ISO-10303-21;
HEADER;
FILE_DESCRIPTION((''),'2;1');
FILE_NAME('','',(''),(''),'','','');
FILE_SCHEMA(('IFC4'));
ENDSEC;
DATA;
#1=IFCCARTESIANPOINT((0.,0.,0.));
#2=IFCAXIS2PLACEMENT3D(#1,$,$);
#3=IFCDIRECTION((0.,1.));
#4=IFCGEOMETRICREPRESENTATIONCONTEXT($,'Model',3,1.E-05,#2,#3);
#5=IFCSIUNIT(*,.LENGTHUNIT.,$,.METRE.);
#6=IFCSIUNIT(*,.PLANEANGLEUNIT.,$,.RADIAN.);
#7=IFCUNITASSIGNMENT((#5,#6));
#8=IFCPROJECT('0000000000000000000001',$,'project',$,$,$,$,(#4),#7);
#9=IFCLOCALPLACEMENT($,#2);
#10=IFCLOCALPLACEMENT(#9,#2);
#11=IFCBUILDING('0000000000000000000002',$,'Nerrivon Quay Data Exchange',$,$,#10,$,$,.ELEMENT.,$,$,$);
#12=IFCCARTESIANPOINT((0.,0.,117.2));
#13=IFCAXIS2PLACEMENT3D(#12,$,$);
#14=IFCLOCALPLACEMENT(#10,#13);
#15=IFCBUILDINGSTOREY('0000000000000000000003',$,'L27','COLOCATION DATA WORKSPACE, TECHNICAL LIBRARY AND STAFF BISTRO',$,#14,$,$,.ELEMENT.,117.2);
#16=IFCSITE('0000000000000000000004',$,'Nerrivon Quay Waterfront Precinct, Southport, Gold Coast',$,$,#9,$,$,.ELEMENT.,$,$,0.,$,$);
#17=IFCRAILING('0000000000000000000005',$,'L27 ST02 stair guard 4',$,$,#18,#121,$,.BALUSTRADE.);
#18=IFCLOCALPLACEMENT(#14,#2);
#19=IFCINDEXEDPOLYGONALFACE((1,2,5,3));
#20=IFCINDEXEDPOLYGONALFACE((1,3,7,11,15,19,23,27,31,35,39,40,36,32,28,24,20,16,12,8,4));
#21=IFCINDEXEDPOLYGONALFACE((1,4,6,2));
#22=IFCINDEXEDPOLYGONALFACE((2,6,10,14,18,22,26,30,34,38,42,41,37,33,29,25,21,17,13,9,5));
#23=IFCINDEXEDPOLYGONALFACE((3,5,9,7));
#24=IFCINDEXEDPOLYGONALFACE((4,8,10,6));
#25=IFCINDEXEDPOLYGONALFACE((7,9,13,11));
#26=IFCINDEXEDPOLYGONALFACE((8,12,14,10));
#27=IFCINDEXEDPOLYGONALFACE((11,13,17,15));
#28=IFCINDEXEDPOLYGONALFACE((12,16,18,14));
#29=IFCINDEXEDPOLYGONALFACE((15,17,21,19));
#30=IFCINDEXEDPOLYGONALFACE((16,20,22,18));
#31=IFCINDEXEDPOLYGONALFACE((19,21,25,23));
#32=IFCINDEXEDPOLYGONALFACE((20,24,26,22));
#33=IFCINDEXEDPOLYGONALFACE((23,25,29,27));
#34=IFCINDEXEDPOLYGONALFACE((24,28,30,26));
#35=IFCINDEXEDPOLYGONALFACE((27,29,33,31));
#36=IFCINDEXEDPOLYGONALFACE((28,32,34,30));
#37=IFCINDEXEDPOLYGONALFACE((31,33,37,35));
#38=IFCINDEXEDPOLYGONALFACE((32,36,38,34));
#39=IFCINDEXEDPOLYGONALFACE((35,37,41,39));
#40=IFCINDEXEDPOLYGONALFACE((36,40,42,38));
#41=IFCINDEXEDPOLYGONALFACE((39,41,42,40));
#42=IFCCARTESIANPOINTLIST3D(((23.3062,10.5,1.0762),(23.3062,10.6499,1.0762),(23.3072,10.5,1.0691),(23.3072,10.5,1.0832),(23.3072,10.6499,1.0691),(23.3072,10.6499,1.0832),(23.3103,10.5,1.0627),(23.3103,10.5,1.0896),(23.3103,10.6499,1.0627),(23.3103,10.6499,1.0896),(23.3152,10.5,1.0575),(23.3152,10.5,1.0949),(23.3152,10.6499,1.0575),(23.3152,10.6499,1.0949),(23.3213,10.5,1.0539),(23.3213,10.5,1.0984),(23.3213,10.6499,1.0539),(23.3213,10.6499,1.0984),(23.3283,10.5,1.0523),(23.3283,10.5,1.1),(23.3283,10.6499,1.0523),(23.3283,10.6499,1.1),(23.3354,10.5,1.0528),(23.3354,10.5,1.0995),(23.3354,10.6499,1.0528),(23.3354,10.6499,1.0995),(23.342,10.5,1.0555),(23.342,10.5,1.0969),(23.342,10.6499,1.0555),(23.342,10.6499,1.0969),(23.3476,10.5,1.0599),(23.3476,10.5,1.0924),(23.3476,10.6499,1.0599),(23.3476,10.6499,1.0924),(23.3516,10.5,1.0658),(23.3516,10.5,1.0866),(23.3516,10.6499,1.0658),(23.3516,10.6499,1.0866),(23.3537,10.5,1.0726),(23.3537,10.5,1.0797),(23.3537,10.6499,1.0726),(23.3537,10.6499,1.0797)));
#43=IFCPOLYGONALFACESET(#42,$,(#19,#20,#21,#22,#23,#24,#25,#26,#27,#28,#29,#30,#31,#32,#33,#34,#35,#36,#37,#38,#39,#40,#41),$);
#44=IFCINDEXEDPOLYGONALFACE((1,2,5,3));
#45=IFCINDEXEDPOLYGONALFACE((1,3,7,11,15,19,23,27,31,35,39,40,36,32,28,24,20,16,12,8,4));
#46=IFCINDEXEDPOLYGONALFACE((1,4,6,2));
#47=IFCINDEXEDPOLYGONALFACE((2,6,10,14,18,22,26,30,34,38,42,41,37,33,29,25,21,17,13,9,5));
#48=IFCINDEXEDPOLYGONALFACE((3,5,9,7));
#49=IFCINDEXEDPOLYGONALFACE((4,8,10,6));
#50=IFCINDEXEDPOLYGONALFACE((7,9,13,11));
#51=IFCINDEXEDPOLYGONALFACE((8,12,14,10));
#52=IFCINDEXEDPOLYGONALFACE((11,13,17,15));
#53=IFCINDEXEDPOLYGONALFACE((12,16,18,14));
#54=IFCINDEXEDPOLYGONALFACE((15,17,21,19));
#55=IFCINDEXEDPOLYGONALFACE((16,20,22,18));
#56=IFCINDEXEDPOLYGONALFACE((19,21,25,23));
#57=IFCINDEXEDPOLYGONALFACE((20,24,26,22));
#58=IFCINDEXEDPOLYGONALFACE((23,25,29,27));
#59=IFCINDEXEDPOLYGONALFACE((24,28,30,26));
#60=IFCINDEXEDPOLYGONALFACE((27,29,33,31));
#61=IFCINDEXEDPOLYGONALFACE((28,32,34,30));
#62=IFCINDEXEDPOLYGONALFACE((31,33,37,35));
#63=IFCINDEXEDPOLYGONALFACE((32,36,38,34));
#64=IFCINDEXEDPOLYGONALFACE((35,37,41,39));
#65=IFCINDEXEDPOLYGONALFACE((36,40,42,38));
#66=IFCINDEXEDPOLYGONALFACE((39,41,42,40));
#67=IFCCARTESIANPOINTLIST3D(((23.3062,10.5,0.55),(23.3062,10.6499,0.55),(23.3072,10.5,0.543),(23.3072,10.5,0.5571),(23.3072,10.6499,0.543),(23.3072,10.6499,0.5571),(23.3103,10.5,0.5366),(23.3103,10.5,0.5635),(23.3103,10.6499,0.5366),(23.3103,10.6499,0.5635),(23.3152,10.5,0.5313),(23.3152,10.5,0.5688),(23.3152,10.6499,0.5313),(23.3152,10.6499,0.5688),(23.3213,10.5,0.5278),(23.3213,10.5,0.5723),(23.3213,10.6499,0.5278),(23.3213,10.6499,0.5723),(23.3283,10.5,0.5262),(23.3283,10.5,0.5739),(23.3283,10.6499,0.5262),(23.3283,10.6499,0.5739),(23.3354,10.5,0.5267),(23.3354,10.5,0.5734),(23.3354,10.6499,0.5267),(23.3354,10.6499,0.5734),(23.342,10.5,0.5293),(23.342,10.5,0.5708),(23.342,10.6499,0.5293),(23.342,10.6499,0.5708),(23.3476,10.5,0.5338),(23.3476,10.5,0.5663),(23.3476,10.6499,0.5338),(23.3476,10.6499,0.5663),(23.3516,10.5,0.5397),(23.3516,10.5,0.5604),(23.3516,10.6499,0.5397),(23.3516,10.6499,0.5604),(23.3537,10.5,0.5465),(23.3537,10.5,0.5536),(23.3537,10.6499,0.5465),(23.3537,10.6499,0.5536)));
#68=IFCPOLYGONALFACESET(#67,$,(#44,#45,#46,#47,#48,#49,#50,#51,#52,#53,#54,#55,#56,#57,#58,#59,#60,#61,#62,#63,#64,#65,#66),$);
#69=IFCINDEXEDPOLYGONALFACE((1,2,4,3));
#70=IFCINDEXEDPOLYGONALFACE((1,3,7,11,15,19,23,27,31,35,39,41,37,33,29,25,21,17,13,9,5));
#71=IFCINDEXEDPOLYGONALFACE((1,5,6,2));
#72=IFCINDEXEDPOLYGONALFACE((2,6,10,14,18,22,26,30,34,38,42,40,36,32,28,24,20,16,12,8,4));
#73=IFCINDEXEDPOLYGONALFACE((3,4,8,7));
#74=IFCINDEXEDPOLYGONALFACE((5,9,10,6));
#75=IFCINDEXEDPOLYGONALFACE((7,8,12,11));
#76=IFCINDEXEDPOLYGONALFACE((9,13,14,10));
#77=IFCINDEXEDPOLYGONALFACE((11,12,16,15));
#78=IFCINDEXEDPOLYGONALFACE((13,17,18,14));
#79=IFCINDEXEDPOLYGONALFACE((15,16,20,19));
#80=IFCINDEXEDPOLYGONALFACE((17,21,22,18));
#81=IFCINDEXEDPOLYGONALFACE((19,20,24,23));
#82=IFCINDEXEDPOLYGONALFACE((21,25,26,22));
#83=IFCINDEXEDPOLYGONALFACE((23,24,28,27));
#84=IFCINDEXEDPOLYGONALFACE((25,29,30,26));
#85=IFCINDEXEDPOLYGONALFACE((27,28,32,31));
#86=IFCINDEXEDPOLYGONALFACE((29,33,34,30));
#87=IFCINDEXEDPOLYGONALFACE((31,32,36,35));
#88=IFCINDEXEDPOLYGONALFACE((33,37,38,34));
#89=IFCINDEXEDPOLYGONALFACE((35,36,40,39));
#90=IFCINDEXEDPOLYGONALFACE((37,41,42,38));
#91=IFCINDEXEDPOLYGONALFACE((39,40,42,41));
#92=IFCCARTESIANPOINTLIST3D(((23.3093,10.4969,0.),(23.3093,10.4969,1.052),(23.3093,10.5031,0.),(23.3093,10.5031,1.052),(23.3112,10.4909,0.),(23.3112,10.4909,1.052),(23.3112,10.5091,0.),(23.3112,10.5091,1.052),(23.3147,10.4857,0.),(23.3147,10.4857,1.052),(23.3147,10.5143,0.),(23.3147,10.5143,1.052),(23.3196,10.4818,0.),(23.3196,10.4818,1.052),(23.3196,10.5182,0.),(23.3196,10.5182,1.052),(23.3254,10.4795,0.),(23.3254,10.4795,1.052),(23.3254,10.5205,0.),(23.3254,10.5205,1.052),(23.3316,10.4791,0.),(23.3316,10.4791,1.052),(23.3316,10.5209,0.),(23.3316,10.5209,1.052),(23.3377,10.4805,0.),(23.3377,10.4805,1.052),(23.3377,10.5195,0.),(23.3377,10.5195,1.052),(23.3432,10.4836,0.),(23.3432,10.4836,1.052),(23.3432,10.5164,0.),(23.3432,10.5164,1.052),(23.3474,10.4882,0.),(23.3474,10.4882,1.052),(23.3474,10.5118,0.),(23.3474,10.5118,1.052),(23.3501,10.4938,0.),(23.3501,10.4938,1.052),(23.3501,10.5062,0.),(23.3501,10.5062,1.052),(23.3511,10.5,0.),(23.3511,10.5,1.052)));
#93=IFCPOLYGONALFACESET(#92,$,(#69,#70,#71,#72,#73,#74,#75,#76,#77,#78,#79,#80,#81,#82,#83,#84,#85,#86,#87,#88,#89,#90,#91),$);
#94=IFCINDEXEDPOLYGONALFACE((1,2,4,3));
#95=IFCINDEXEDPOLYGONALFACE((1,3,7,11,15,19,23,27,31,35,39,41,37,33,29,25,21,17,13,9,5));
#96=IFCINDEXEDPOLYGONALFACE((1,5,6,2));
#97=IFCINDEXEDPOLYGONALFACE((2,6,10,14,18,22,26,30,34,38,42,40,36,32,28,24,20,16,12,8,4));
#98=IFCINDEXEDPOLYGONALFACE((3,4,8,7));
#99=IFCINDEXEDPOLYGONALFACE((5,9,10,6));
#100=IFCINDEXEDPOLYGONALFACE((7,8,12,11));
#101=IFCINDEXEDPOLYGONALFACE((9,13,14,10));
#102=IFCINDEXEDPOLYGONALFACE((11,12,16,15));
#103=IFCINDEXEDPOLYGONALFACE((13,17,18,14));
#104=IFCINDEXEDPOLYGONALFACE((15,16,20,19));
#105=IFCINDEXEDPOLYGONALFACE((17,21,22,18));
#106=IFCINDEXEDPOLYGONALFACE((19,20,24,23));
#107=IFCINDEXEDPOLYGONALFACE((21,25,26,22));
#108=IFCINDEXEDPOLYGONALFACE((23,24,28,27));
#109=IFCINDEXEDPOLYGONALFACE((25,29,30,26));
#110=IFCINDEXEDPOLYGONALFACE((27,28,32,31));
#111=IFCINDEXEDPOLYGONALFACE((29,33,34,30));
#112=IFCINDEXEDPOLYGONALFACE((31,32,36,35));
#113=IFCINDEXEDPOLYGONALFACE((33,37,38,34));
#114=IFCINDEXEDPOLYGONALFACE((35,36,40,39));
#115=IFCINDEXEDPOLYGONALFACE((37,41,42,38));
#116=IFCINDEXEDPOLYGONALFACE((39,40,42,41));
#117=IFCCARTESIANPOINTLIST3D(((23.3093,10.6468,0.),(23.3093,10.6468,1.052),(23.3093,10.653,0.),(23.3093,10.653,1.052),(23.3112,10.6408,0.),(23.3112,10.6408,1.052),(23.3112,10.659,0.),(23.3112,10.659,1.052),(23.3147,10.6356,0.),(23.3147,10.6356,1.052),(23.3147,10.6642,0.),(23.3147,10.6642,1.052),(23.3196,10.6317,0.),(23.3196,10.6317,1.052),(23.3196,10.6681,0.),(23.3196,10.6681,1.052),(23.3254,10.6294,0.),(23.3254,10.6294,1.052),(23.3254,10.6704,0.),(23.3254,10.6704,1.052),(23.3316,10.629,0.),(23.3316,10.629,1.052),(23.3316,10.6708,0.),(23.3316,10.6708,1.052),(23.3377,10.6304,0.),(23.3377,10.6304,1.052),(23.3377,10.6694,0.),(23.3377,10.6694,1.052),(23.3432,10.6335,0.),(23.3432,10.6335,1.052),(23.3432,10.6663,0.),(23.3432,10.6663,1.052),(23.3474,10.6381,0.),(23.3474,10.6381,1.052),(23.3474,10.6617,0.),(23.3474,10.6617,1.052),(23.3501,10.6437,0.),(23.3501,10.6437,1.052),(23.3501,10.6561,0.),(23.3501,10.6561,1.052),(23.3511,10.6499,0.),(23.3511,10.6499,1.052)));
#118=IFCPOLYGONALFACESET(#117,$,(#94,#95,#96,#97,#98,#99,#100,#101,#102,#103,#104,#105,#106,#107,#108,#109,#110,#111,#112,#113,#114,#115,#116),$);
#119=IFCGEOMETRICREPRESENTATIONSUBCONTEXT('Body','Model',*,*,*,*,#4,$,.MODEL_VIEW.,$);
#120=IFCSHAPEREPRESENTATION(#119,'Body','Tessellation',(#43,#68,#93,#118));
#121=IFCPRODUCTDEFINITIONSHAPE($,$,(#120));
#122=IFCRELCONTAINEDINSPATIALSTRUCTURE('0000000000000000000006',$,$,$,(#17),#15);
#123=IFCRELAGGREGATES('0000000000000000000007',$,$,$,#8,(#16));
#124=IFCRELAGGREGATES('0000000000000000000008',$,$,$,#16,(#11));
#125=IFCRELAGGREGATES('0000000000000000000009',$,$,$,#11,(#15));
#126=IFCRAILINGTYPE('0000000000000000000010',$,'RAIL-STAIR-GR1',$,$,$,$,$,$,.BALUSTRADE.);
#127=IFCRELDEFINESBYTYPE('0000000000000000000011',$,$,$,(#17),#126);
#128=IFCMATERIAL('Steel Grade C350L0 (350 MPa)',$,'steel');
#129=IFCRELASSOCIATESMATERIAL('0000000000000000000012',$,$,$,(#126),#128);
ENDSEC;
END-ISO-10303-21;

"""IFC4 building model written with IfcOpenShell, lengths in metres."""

from ifc_helpers import new_model, si_unit, direction, frame, origin, origin_2d, place, context, subcontext, project, spatial, circle, extrude, material, type_object, element, save


model = new_model("IFC4")

# Units and contexts
model_context = context("Model", 3, precision=1e-05, world=origin(), true_north=direction((0.0, 1.0)))
body_context = subcontext(model_context, "Body", "Model", "MODEL_VIEW")
ifc_project = project(units=[si_unit("LENGTHUNIT", "METRE"), si_unit("PLANEANGLEUNIT", "RADIAN")], contexts=[model_context])

# Site, building, storey
site_placement = place(None, origin())
site = spatial("IfcSite", under=ifc_project, at=site_placement, Name="Nerrivon Quay Waterfront Precinct, Southport, Gold Coast", CompositionType="ELEMENT", RefElevation=0.0)
building_placement = place(site_placement, origin())
building = spatial("IfcBuilding", under=site, at=building_placement, Name="Nerrivon Quay Data Exchange", CompositionType="ELEMENT")
storey_placement = place(building_placement, frame((0.0, 0.0, 117.2)))
storey = spatial("IfcBuildingStorey", under=building, at=storey_placement, Name="L27", Description="COLOCATION DATA WORKSPACE, TECHNICAL LIBRARY AND STAFF BISTRO", CompositionType="ELEMENT", Elevation=117.2)

# Railing
ifc_material_1 = material(Name="Steel Grade C350L0 (350 MPa)", Category="steel")
railing_type_1 = type_object("IfcRailingType", Name="RAIL-STAIR-GR1", PredefinedType="BALUSTRADE", material=ifc_material_1)
railing_1_placement = place(storey_placement, frame((23.3301, 10.5, 0.0)))
element("IfcRailing", 1, at=railing_1_placement, inside=storey, type_object=railing_type_1, Name="L27 ST02 stair guard 4", PredefinedType="BALUSTRADE", context=body_context, shape_type="SweptSolid", body=[
    extrude(circle(Radius=0.0239, at=origin_2d()), frame((0.0, 0.0, 1.0762), z_axis=(0.0, 1.0, 0.0), x_axis=(-1.0, 0.0, 0.0)), (0.0, 0.0, 1.0), 0.1499),
    extrude(circle(Radius=0.0239, at=origin_2d()), frame((0.0, 0.0, 0.55), z_axis=(0.0, 1.0, 0.0), x_axis=(-1.0, 0.0, 0.0)), (0.0, 0.0, 1.0), 0.1499),
    extrude(circle(Radius=0.021, at=origin_2d()), origin(), (0.0, 0.0, 1.0), 1.052),
    extrude(circle(Radius=0.021, at=origin_2d()), frame((0.0, 0.1499, 0.0)), (0.0, 0.0, 1.0), 1.052),
])

save(model, "model.ifc")
